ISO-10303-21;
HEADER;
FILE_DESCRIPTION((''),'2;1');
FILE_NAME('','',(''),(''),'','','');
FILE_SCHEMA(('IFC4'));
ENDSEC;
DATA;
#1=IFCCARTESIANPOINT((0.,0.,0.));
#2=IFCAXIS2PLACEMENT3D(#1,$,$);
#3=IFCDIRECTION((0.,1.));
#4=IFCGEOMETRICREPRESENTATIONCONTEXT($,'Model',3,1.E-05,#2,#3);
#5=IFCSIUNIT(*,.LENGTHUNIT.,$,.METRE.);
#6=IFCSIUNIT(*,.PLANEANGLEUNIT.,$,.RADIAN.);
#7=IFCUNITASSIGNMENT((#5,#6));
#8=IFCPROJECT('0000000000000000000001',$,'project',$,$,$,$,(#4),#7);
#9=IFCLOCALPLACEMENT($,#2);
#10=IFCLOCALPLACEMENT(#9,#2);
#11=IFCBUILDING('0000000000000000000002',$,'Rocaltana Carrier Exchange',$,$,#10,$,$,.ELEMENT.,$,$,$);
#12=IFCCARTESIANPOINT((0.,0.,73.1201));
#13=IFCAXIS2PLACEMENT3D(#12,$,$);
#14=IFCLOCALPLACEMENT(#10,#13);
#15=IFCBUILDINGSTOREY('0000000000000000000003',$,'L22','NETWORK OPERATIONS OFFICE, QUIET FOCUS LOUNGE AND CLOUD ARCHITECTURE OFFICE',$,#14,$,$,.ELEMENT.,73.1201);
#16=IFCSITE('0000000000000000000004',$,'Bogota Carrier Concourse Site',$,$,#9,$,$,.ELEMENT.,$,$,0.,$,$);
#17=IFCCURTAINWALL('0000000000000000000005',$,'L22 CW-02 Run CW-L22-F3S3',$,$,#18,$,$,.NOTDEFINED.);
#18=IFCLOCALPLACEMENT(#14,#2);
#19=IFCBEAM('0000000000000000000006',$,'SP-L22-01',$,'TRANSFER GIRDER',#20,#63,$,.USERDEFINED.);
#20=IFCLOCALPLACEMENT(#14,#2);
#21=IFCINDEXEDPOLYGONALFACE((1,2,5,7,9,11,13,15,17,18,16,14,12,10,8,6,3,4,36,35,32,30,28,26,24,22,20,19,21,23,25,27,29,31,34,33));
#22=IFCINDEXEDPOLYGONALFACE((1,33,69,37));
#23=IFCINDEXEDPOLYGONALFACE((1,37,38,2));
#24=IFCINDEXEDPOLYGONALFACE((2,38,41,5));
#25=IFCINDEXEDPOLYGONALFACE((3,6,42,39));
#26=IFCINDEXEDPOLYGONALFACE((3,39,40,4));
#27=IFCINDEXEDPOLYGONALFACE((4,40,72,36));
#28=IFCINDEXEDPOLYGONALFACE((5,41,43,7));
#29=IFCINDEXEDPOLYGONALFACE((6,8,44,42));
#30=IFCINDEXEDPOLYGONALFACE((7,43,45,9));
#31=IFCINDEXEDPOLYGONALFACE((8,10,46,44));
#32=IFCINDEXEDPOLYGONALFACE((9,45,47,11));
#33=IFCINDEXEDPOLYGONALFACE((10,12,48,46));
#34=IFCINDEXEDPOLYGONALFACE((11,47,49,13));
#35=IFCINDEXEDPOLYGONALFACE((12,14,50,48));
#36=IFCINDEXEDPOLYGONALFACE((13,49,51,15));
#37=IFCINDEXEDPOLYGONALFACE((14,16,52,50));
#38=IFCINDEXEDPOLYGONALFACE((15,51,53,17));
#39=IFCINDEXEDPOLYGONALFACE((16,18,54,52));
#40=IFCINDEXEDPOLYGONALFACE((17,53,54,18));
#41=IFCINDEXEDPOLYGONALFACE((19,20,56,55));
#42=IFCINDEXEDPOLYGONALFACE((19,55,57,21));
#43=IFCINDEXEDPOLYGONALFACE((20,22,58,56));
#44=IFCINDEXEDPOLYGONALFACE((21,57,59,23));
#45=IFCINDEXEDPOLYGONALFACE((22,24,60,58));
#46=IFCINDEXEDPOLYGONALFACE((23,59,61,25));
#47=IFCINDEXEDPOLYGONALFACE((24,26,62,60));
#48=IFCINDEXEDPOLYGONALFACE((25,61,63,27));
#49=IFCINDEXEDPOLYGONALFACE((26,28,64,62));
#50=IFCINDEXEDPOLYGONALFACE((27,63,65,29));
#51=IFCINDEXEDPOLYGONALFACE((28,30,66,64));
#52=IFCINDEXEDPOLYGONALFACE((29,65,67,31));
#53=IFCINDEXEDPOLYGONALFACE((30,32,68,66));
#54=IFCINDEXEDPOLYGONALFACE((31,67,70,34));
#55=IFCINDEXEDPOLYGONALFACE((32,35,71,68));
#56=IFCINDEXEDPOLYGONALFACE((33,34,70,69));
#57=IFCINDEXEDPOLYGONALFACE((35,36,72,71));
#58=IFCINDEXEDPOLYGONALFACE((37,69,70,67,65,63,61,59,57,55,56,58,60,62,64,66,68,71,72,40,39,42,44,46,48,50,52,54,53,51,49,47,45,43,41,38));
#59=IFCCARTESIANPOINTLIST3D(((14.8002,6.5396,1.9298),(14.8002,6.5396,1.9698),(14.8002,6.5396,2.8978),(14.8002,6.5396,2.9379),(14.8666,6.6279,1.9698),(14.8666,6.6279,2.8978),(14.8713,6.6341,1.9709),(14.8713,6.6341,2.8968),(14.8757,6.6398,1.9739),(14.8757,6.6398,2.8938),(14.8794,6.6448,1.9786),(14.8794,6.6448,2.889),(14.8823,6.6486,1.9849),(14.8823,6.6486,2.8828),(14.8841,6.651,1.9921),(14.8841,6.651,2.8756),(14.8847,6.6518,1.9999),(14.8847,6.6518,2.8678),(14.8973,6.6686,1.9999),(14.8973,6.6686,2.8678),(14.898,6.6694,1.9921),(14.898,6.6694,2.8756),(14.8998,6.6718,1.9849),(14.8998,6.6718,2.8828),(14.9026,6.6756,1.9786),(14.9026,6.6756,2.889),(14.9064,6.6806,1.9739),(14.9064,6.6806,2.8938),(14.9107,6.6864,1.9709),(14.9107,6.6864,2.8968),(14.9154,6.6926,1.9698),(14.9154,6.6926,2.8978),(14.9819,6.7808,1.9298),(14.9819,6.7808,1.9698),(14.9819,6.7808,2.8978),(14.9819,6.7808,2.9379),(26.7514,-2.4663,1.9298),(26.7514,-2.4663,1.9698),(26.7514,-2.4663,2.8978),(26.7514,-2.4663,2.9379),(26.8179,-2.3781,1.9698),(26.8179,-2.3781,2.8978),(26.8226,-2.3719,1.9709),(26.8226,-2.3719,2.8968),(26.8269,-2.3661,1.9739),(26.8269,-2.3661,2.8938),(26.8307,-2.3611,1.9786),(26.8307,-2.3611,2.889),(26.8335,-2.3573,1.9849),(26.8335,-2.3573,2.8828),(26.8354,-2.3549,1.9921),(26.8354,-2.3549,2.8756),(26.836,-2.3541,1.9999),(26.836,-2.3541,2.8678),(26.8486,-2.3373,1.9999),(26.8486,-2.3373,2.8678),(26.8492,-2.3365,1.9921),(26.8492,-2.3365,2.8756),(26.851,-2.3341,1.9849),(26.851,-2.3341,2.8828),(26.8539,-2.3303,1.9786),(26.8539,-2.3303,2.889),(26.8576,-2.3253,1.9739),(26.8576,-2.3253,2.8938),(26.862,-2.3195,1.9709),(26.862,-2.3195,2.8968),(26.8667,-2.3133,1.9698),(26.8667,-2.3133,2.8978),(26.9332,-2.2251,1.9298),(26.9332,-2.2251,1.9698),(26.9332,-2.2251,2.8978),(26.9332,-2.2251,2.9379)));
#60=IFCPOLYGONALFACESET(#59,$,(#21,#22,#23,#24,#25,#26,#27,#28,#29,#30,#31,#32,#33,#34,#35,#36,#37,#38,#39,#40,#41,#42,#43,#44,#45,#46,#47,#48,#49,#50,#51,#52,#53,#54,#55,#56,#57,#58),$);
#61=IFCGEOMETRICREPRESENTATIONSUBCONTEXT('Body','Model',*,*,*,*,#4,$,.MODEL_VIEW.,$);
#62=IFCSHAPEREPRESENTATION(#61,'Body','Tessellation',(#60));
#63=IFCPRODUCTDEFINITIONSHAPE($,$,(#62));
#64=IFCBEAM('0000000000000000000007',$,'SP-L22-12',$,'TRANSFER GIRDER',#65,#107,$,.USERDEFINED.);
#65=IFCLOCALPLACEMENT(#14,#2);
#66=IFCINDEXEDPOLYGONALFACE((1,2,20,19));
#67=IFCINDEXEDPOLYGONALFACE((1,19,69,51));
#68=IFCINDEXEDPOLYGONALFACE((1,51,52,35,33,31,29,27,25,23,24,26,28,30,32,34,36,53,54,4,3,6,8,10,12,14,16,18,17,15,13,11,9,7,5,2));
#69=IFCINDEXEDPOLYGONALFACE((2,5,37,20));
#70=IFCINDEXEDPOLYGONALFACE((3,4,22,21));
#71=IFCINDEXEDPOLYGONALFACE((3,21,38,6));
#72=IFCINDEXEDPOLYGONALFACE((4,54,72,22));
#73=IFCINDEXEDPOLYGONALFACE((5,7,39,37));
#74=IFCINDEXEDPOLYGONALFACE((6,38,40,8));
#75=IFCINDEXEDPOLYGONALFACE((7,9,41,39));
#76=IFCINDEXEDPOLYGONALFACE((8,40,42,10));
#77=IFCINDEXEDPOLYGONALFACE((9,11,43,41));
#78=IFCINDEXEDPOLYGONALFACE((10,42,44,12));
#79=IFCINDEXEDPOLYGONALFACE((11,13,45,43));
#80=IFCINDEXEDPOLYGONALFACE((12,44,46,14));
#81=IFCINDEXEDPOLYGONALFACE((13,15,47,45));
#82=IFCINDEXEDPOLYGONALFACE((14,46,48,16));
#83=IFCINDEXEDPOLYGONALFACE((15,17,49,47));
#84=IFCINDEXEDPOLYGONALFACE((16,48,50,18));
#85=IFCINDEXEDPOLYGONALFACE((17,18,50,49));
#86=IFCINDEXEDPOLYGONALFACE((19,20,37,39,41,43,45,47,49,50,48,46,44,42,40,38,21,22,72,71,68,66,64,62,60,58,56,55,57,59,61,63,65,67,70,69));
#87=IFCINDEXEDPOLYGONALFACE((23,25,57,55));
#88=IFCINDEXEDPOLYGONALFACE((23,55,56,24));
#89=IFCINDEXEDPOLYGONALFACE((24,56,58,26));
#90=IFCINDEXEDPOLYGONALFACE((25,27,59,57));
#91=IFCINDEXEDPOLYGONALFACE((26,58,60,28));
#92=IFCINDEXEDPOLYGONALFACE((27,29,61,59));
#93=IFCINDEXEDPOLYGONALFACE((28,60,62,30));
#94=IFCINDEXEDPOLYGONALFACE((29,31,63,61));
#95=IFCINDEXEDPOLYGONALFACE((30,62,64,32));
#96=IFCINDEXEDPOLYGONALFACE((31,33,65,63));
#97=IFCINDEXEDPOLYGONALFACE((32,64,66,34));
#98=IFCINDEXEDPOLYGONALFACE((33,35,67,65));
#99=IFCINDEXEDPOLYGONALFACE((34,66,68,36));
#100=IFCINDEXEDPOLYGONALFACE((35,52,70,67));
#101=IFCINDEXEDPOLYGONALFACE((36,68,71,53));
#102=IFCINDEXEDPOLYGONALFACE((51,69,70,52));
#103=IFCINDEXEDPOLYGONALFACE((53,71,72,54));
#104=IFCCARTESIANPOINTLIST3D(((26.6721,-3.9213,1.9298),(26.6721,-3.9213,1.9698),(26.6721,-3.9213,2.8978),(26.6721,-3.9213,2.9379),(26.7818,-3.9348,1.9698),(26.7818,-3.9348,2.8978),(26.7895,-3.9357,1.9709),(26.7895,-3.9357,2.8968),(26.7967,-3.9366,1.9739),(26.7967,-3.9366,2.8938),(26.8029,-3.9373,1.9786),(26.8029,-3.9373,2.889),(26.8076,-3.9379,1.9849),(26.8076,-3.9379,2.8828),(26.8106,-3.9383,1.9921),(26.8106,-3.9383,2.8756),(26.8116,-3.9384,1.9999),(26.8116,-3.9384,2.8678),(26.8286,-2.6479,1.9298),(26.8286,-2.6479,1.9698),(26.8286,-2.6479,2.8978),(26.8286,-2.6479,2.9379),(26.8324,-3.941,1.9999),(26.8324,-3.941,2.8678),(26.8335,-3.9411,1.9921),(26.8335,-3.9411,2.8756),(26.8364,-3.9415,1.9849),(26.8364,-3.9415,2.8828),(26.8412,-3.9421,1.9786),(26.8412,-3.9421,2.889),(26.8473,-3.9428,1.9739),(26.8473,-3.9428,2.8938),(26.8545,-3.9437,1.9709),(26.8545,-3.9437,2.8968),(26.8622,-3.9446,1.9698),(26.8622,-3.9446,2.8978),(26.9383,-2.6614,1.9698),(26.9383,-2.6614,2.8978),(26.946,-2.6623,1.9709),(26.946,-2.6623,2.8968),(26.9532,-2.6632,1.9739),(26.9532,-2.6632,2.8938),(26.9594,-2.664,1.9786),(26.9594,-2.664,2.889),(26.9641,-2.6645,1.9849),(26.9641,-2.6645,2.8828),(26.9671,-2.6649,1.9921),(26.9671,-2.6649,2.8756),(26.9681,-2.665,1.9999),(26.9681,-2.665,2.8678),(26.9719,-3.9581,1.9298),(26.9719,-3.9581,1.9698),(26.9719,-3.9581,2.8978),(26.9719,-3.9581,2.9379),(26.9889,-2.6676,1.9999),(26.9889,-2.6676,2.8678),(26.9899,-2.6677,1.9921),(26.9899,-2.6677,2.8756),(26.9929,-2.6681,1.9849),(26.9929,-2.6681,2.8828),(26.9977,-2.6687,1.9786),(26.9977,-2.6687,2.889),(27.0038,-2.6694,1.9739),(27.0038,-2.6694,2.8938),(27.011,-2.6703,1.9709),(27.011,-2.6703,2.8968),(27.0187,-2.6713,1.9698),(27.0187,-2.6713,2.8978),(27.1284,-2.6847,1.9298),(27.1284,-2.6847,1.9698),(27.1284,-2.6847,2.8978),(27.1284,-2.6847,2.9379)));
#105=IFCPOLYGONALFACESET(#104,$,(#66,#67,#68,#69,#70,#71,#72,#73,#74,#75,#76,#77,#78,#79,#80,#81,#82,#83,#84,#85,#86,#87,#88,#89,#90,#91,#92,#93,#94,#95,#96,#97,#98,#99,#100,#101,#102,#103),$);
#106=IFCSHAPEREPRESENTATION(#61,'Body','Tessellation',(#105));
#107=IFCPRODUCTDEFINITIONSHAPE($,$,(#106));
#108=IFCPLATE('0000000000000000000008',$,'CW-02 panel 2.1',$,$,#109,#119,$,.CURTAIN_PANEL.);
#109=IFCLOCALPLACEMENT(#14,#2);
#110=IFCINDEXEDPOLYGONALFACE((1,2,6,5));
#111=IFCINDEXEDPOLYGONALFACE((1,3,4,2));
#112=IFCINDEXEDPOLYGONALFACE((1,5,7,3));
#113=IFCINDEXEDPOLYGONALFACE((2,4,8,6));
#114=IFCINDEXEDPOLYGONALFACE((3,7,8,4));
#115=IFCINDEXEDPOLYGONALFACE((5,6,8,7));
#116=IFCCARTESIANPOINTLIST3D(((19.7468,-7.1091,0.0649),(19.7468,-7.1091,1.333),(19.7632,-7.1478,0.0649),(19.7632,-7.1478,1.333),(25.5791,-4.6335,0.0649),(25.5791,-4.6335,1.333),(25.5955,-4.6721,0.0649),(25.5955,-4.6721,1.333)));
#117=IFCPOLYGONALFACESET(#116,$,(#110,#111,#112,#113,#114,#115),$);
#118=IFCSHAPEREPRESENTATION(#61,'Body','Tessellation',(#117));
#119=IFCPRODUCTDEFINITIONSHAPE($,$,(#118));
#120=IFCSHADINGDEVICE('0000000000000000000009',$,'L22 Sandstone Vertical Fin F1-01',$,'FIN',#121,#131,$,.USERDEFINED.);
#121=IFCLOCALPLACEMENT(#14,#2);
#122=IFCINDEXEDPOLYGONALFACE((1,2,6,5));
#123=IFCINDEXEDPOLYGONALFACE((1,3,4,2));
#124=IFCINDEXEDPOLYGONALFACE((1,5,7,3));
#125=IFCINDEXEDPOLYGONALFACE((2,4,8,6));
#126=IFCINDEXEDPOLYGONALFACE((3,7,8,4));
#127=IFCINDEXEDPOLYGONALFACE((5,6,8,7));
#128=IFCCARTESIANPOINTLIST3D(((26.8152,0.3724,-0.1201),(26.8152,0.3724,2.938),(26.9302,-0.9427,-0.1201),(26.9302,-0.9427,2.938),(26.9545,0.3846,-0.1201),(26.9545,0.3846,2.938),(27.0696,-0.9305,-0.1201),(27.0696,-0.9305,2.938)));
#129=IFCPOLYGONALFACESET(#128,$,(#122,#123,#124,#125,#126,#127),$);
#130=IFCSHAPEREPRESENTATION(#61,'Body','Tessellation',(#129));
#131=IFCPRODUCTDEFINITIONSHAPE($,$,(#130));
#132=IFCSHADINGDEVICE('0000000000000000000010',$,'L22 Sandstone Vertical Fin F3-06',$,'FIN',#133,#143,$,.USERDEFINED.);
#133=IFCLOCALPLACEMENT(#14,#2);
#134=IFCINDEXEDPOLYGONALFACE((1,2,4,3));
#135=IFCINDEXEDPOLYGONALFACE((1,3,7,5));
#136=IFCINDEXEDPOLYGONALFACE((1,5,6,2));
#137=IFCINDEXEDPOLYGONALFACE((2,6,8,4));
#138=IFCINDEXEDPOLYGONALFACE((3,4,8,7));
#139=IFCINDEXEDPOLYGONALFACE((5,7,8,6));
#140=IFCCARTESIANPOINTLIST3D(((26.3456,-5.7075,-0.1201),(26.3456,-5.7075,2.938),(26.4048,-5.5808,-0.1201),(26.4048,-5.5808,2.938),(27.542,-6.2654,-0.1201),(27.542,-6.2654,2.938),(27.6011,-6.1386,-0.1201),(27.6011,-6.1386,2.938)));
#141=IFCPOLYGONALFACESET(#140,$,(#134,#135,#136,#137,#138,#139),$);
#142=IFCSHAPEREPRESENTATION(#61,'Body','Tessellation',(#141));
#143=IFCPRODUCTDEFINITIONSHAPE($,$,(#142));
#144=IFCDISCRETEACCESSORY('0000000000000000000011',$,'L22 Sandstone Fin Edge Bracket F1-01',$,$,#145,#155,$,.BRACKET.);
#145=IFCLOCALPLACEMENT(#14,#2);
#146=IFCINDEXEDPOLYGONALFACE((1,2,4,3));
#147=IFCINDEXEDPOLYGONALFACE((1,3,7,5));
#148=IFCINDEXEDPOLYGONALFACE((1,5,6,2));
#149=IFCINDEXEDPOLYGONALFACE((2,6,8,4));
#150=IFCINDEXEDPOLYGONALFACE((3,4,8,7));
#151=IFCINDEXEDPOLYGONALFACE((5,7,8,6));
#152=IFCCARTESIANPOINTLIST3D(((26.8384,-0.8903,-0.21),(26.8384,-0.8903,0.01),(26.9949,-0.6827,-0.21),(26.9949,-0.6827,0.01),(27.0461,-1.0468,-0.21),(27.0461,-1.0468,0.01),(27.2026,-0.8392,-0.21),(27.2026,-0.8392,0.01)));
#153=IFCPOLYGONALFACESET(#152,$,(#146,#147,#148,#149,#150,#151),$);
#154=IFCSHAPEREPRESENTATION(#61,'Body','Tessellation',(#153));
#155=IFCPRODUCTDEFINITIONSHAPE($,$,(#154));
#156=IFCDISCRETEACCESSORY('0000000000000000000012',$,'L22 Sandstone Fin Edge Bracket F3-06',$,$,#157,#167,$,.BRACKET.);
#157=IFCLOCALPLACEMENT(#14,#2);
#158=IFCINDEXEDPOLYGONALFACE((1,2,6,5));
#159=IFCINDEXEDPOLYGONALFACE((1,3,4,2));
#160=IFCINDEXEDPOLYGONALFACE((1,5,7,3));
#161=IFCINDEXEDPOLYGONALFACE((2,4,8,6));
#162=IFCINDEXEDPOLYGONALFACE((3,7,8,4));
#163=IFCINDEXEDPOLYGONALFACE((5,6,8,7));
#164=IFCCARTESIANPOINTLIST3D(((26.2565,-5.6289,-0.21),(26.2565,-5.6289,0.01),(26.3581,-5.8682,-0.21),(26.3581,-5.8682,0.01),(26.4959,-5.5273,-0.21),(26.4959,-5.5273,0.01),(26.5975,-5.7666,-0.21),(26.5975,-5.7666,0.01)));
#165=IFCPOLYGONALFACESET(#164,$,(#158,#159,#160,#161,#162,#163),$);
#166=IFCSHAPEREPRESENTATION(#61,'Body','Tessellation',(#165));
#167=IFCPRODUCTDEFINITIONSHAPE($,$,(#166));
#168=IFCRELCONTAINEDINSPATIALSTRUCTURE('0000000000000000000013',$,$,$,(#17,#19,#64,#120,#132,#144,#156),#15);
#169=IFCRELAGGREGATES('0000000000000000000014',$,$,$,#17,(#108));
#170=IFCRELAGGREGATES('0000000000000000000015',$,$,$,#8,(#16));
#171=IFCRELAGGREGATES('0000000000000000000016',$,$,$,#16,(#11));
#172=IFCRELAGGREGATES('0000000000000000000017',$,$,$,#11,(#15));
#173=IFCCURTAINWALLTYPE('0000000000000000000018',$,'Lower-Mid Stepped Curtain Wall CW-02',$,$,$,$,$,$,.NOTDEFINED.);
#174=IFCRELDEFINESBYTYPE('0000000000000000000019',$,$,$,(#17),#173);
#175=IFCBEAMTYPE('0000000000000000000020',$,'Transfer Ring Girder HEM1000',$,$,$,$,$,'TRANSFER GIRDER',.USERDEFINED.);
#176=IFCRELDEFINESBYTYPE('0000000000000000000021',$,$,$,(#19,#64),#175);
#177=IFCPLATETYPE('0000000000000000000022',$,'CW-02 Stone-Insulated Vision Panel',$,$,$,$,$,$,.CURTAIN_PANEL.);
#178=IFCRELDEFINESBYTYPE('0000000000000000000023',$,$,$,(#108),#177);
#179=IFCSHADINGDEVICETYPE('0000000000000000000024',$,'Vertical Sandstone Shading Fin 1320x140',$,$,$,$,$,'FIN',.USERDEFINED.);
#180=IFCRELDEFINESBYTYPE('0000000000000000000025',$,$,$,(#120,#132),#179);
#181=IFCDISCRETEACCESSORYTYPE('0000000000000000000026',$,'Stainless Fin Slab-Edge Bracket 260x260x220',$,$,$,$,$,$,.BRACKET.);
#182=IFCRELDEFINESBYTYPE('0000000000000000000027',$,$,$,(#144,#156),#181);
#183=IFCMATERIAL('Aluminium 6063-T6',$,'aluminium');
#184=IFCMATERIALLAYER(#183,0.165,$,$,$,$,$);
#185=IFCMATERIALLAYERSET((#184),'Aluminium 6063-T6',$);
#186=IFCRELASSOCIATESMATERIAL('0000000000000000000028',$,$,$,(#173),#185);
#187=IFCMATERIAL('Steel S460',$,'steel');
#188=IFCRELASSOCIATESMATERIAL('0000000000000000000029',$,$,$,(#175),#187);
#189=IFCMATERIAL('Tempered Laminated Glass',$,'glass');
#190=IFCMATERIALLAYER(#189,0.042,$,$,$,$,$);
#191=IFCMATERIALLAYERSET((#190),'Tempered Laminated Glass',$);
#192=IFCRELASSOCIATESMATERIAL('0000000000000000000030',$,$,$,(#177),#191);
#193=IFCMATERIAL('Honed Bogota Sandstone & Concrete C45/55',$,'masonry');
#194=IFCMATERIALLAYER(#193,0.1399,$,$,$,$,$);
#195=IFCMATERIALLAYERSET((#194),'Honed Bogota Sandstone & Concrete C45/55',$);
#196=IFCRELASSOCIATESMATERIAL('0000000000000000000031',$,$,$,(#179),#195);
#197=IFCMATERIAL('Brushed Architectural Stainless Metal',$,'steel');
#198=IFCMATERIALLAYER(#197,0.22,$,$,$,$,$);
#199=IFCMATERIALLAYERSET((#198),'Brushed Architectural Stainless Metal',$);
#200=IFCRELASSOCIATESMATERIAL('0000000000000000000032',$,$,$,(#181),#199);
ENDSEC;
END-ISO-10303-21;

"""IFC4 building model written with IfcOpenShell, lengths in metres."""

from ifc_helpers import new_model, si_unit, direction, frame, origin, origin_2d, place, context, subcontext, project, spatial, rectangle, i_section, extrude, material, layer, layer_set, material_profile, profile_set, type_object, element, aggregate, save


model = new_model("IFC4")

# Units and contexts
model_context = context("Model", 3, precision=1e-05, world=origin(), true_north=direction((0.0, 1.0)))
body_context = subcontext(model_context, "Body", "Model", "MODEL_VIEW")
ifc_project = project(units=[si_unit("LENGTHUNIT", "METRE"), si_unit("PLANEANGLEUNIT", "RADIAN")], contexts=[model_context])

# Site, building, storey
site_placement = place(None, origin())
site = spatial("IfcSite", under=ifc_project, at=site_placement, Name="Bogota Carrier Concourse Site", CompositionType="ELEMENT", RefElevation=0.0)
building_placement = place(site_placement, origin())
building = spatial("IfcBuilding", under=site, at=building_placement, Name="Rocaltana Carrier Exchange", CompositionType="ELEMENT")
storey_placement = place(building_placement, frame((0.0, 0.0, 73.1201)))
storey = spatial("IfcBuildingStorey", under=building, at=storey_placement, Name="L22", Description="NETWORK OPERATIONS OFFICE, QUIET FOCUS LOUNGE AND CLOUD ARCHITECTURE OFFICE", CompositionType="ELEMENT", Elevation=73.1201)

# Shared definitions
ifc_material_1 = material(Name="Aluminium 6063-T6", Category="aluminium")
ifc_layer_1 = layer(ifc_material_1, 0.165)
ifc_layer_set_1 = layer_set([ifc_layer_1], Name="Aluminium 6063-T6")
curtain_wall_type = type_object("IfcCurtainWallType", Name="Lower-Mid Stepped Curtain Wall CW-02", PredefinedType="NOTDEFINED", material=ifc_layer_set_1)

# Curtain wall
curtain_wall_1_placement = place(storey_placement, origin())
curtain_wall_1 = element("IfcCurtainWall", 1, at=curtain_wall_1_placement, inside=storey, type_object=curtain_wall_type, Name="L22 CW-02 Run CW-L22-F3S3", PredefinedType="NOTDEFINED")

# Beams
ifc_material_2 = material(Name="Steel S460", Category="steel")
ifc_material_profile_1 = material_profile(ifc_material_2, i_section(OverallWidth=0.302, OverallDepth=1.0081, WebThickness=0.021, FlangeThickness=0.04, FilletRadius=0.03, at=origin_2d()), Name="HEM1000")
ifc_profile_set_1 = profile_set([ifc_material_profile_1], Name="Steel S460")
beam_type_1 = type_object("IfcBeamType", Name="Transfer Ring Girder HEM1000", ElementType="TRANSFER GIRDER", PredefinedType="USERDEFINED", material=ifc_profile_set_1)
beam_1_placement = place(storey_placement, frame((26.8423, -2.3457, 2.4338), z_axis=(-0.798635, 0.601815, 0.0), x_axis=(-0.601815, -0.798635, 0.0)))
element("IfcBeam", 2, at=beam_1_placement, inside=storey, type_object=beam_type_1, Name="SP-L22-01", ObjectType="TRANSFER GIRDER", PredefinedType="USERDEFINED", context=body_context, shape_type="SweptSolid", body=[
    extrude(i_section(OverallWidth=0.302, OverallDepth=1.0081, WebThickness=0.021, FlangeThickness=0.04, FilletRadius=0.03, at=origin_2d()), origin(), (0.0, 0.0, 1.0), 14.9646),
])
beam_2_placement = place(storey_placement, frame((26.822, -3.9397, 2.4338), z_axis=(0.121974, 0.992533, 0.0), x_axis=(-0.992533, 0.121974, 0.0)))
element("IfcBeam", 3, at=beam_2_placement, inside=storey, type_object=beam_type_1, Name="SP-L22-12", ObjectType="TRANSFER GIRDER", PredefinedType="USERDEFINED", context=body_context, shape_type="SweptSolid", body=[
    extrude(i_section(OverallWidth=0.302, OverallDepth=1.0081, WebThickness=0.021, FlangeThickness=0.04, FilletRadius=0.03, at=origin_2d()), origin(), (0.0, 0.0, 1.0), 1.283),
])

# Plate
ifc_material_3 = material(Name="Tempered Laminated Glass", Category="glass")
ifc_layer_2 = layer(ifc_material_3, 0.042)
ifc_layer_set_2 = layer_set([ifc_layer_2], Name="Tempered Laminated Glass")
plate_type = type_object("IfcPlateType", Name="CW-02 Stone-Insulated Vision Panel", PredefinedType="CURTAIN_PANEL", material=ifc_layer_set_2)
plate_placement = place(storey_placement, frame((22.6711, -5.8906, 0.0649), z_axis=(0.0, 0.0, 1.0), x_axis=(0.920503, 0.390735, 0.0)))
plate = element("IfcPlate", 4, at=plate_placement, type_object=plate_type, Name="CW-02 panel 2.1", PredefinedType="CURTAIN_PANEL", context=body_context, shape_type="SweptSolid", body=[
    extrude(rectangle(XDim=6.3359, YDim=0.042, at=origin_2d()), origin(), (0.0, 0.0, 1.0), 1.2681),
])
aggregate(curtain_wall_1, [plate])

# Shading devices
ifc_material_4 = material(Name="Honed Bogota Sandstone & Concrete C45/55", Category="masonry")
ifc_layer_3 = layer(ifc_material_4, 0.1399)
ifc_layer_set_3 = layer_set([ifc_layer_3], Name="Honed Bogota Sandstone & Concrete C45/55")
shading_device_type = type_object("IfcShadingDeviceType", Name="Vertical Sandstone Shading Fin 1320x140", ElementType="FIN", PredefinedType="USERDEFINED", material=ifc_layer_set_3)
for number, where, z_axis, x_axis, name in (
    (5, (26.9424, -0.2791, -0.1201), (0.0, 0.0, 1.0), (-0.087156, 0.996195, 0.0), "L22 Sandstone Vertical Fin F1-01"),
    (6, (26.9734, -5.9231, -0.1201), (0.0, 0.0, 1.0), (0.906308, -0.422618, 0.0), "L22 Sandstone Vertical Fin F3-06"),
):
    element("IfcShadingDevice", number, at=place(storey_placement, frame(where, z_axis=z_axis, x_axis=x_axis)), inside=storey, type_object=shading_device_type, Name=name, ObjectType="FIN", PredefinedType="USERDEFINED", context=body_context, shape_type="SweptSolid", body=[
        extrude(rectangle(XDim=1.3201, YDim=0.1399, at=origin_2d()), origin(), (0.0, 0.0, 1.0), 3.0581),
    ])

# Discrete accessories
ifc_material_5 = material(Name="Brushed Architectural Stainless Metal", Category="steel")
ifc_layer_4 = layer(ifc_material_5, 0.22)
ifc_layer_set_4 = layer_set([ifc_layer_4], Name="Brushed Architectural Stainless Metal")
discrete_accessory_type = type_object("IfcDiscreteAccessoryType", Name="Stainless Fin Slab-Edge Bracket 260x260x220", PredefinedType="BRACKET", material=ifc_layer_set_4)
for number, where, z_axis, x_axis, name in (
    (7, (27.0205, -0.8647, -0.21), (0.0, 0.0, 1.0), (-0.798636, 0.601815, 0.0), "L22 Sandstone Fin Edge Bracket F1-01"),
    (8, (26.427, -5.6978, -0.21), (0.0, 0.0, 1.0), (0.920505, 0.390731, 0.0), "L22 Sandstone Fin Edge Bracket F3-06"),
):
    element("IfcDiscreteAccessory", number, at=place(storey_placement, frame(where, z_axis=z_axis, x_axis=x_axis)), inside=storey, type_object=discrete_accessory_type, Name=name, PredefinedType="BRACKET", context=body_context, shape_type="SweptSolid", body=[
        extrude(rectangle(XDim=0.26, YDim=0.26, at=origin_2d()), origin(), (0.0, 0.0, 1.0), 0.22),
    ])

save(model, "model.ifc")
